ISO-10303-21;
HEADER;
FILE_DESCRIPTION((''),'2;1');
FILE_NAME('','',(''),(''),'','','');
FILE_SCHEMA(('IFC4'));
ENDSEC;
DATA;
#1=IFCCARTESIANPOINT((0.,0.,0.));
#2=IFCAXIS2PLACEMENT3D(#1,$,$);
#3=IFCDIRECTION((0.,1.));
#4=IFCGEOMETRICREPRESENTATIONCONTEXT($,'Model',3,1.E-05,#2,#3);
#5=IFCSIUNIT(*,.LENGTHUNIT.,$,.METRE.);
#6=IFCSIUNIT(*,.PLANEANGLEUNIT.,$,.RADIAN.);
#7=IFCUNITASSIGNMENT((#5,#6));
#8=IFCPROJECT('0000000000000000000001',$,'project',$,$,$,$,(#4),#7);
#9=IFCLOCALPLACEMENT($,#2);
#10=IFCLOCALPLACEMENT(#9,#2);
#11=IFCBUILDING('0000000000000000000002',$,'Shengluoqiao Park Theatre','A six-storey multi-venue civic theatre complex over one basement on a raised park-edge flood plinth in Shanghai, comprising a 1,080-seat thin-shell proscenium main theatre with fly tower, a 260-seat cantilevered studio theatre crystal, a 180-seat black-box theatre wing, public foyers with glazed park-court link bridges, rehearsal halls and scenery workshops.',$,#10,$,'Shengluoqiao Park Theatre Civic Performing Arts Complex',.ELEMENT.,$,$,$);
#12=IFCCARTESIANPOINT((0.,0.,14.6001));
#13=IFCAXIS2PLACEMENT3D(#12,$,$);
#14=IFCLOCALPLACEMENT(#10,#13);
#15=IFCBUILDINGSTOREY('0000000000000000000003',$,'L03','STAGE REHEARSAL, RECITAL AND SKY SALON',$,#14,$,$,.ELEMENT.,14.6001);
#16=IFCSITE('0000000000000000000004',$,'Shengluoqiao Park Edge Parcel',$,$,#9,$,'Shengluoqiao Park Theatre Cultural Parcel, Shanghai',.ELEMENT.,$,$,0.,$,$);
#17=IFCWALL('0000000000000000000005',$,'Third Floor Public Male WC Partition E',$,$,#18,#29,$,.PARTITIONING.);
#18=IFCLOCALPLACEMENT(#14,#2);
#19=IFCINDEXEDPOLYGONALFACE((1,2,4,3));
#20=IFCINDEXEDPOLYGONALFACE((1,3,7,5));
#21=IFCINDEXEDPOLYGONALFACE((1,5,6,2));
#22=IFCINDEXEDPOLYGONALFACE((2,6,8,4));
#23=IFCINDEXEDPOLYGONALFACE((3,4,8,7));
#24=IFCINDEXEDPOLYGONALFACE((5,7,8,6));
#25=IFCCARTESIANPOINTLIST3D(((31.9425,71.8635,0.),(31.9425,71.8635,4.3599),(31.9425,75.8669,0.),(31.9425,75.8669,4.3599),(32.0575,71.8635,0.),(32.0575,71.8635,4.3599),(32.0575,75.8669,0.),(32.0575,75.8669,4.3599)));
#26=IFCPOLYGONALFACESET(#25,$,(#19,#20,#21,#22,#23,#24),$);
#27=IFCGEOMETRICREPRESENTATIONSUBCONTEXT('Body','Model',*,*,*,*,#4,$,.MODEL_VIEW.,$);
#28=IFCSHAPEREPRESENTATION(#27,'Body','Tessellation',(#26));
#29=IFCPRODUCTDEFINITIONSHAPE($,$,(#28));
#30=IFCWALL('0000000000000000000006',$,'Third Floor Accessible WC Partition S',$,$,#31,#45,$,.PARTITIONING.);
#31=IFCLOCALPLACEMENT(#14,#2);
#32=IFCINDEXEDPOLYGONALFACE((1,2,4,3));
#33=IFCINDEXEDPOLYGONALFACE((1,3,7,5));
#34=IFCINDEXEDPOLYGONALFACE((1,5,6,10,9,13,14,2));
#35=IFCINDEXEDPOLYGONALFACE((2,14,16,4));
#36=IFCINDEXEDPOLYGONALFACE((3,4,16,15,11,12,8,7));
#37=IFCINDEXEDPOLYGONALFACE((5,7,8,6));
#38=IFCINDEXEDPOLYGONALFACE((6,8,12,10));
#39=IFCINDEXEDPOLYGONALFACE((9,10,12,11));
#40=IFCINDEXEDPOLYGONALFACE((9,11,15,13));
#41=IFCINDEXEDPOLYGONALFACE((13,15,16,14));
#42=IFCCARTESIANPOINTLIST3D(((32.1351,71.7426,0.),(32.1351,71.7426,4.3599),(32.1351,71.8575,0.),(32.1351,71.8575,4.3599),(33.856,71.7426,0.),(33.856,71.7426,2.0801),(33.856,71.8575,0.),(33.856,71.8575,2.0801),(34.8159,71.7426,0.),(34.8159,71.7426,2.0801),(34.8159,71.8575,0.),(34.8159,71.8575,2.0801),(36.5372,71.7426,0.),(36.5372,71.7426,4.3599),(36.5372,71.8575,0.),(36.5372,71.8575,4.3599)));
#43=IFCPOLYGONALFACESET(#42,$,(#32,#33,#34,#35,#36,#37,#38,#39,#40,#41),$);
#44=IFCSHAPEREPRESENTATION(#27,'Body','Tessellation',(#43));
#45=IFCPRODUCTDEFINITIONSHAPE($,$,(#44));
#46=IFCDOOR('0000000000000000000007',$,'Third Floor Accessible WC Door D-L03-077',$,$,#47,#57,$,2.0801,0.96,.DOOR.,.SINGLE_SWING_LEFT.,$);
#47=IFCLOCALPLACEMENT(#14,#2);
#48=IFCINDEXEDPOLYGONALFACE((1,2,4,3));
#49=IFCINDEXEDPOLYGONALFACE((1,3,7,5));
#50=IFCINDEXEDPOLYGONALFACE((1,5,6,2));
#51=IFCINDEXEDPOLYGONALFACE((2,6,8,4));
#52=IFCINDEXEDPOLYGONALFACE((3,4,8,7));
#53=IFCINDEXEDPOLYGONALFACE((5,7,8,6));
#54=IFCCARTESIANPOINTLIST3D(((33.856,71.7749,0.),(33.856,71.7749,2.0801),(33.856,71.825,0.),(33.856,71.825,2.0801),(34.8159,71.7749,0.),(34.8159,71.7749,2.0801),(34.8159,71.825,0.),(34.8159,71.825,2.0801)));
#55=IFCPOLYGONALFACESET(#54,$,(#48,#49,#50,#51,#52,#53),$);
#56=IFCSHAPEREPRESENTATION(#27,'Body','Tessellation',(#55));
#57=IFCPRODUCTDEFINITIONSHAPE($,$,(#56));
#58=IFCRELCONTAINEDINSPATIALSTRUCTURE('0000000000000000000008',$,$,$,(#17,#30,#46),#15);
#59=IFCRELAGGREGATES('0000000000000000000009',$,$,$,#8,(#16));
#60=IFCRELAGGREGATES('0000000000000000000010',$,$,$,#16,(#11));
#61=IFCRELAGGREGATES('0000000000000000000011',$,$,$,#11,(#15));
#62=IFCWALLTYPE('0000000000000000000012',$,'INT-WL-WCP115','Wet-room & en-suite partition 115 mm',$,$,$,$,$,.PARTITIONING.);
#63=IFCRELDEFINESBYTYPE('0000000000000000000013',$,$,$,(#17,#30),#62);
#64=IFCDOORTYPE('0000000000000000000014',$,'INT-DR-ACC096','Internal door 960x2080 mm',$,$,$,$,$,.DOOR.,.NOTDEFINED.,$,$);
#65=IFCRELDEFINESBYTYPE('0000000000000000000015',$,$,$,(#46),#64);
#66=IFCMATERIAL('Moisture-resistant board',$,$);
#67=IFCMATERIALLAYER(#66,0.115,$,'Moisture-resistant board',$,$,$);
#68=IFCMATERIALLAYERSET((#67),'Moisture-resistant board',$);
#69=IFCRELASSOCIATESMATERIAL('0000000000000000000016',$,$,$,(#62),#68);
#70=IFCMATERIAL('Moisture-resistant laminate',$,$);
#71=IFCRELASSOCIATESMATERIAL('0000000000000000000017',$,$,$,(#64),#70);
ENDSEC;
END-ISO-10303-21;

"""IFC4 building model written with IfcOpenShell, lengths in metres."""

from ifc_helpers import new_model, si_unit, direction, frame, frame_2d, origin, place, context, subcontext, project, spatial, rectangle, extrude, material, layer, layer_set, type_object, element, fill, save


model = new_model("IFC4")

# Units and contexts
model_context = context("Model", 3, precision=1e-05, world=origin(), true_north=direction((0.0, 1.0)))
body_context = subcontext(model_context, "Body", "Model", "MODEL_VIEW")
ifc_project = project(units=[si_unit("LENGTHUNIT", "METRE"), si_unit("PLANEANGLEUNIT", "RADIAN")], contexts=[model_context])

# Site, building, storey
site_placement = place(None, origin())
site = spatial("IfcSite", under=ifc_project, at=site_placement, Name="Shengluoqiao Park Edge Parcel", LongName="Shengluoqiao Park Theatre Cultural Parcel, Shanghai", CompositionType="ELEMENT", RefElevation=0.0)
building_placement = place(site_placement, origin())
building = spatial("IfcBuilding", under=site, at=building_placement, Name="Shengluoqiao Park Theatre", Description="A six-storey multi-venue civic theatre complex over one basement on a raised park-edge flood plinth in Shanghai, comprising a 1,080-seat thin-shell proscenium main theatre with fly tower, a 260-seat cantilevered studio theatre crystal, a 180-seat black-box theatre wing, public foyers with glazed park-court link bridges, rehearsal halls and scenery workshops.", LongName="Shengluoqiao Park Theatre Civic Performing Arts Complex", CompositionType="ELEMENT")
storey_placement = place(building_placement, frame((0.0, 0.0, 14.6001)))
storey = spatial("IfcBuildingStorey", under=building, at=storey_placement, Name="L03", Description="STAGE REHEARSAL, RECITAL AND SKY SALON", CompositionType="ELEMENT", Elevation=14.6001)

# Shared definitions
ifc_material_1 = material(Name="Moisture-resistant board")
ifc_layer_1 = layer(ifc_material_1, 0.115, Name="Moisture-resistant board")
ifc_layer_set_1 = layer_set([ifc_layer_1], Name="Moisture-resistant board")
wall_type_1 = type_object("IfcWallType", Name="INT-WL-WCP115", Description="Wet-room & en-suite partition 115 mm", PredefinedType="PARTITIONING", material=ifc_layer_set_1)
ifc_material_2 = material(Name="Moisture-resistant laminate")
door_type = type_object("IfcDoorType", Name="INT-DR-ACC096", Description="Internal door 960x2080 mm", OperationType="NOTDEFINED", PredefinedType="DOOR", material=ifc_material_2)

# Wall
for number, where, z_axis, x_axis, name in (
    (1, (32.0, 71.8635, 0.0), (0.0, 0.0, 1.0), (0.0, 1.0, 0.0), "Third Floor Public Male WC Partition E"),
):
    element("IfcWall", number, at=place(storey_placement, frame(where, z_axis=z_axis, x_axis=x_axis)), inside=storey, type_object=wall_type_1, Name=name, PredefinedType="PARTITIONING", context=body_context, shape_type="SweptSolid", body=[
        extrude(rectangle(XDim=4.0034, YDim=0.115, at=frame_2d((2.0017, 0.0))), origin(), (0.0, 0.0, 1.0), 4.3599),
    ])

# Wall, opening, door
wall_1_placement = place(storey_placement, frame((32.135, 71.8, 0.0), z_axis=(0.0, 0.0, 1.0), x_axis=(1.0, 0.0, 0.0)))
wall_1 = element("IfcWall", 2, at=wall_1_placement, inside=storey, type_object=wall_type_1, Name="Third Floor Accessible WC Partition S", PredefinedType="PARTITIONING", context=body_context, shape_type="SweptSolid", body=[
    extrude(rectangle(XDim=4.4021, YDim=0.115, at=frame_2d((2.2012, 0.0))), origin(), (0.0, 0.0, 1.0), 4.3599),
])
opening_1_placement = place(wall_1_placement, frame((1.7209, 0.0, 0.0)))
opening_1 = element("IfcOpeningElement", 3, at=opening_1_placement, cuts=wall_1, PredefinedType="OPENING", context=body_context, shape_type="SweptSolid", body=[
    extrude(rectangle(XDim=0.96, YDim=2.0801, at=frame_2d((0.48, 1.04))), frame((0.0, 0.0674, 0.0), z_axis=(0.0, -1.0, 0.0), x_axis=(1.0, 0.0, 0.0)), (0.0, 0.0, 1.0), 0.135),
])
door_1_placement = place(opening_1_placement, origin())
door_1 = element("IfcDoor", 4, at=door_1_placement, inside=storey, type_object=door_type, Name="Third Floor Accessible WC Door D-L03-077", OperationType="SINGLE_SWING_LEFT", OverallHeight=2.0801, OverallWidth=0.96, PredefinedType="DOOR", context=body_context, shape_type="SweptSolid", body=[
    extrude(rectangle(XDim=0.96, YDim=2.0801, at=frame_2d((0.48, 1.04))), frame((0.0, 0.0249, 0.0), z_axis=(0.0, -1.0, 0.0), x_axis=(1.0, 0.0, 0.0)), (0.0, 0.0, 1.0), 0.05),
])
fill(opening_1, door_1)

save(model, "model.ifc")
